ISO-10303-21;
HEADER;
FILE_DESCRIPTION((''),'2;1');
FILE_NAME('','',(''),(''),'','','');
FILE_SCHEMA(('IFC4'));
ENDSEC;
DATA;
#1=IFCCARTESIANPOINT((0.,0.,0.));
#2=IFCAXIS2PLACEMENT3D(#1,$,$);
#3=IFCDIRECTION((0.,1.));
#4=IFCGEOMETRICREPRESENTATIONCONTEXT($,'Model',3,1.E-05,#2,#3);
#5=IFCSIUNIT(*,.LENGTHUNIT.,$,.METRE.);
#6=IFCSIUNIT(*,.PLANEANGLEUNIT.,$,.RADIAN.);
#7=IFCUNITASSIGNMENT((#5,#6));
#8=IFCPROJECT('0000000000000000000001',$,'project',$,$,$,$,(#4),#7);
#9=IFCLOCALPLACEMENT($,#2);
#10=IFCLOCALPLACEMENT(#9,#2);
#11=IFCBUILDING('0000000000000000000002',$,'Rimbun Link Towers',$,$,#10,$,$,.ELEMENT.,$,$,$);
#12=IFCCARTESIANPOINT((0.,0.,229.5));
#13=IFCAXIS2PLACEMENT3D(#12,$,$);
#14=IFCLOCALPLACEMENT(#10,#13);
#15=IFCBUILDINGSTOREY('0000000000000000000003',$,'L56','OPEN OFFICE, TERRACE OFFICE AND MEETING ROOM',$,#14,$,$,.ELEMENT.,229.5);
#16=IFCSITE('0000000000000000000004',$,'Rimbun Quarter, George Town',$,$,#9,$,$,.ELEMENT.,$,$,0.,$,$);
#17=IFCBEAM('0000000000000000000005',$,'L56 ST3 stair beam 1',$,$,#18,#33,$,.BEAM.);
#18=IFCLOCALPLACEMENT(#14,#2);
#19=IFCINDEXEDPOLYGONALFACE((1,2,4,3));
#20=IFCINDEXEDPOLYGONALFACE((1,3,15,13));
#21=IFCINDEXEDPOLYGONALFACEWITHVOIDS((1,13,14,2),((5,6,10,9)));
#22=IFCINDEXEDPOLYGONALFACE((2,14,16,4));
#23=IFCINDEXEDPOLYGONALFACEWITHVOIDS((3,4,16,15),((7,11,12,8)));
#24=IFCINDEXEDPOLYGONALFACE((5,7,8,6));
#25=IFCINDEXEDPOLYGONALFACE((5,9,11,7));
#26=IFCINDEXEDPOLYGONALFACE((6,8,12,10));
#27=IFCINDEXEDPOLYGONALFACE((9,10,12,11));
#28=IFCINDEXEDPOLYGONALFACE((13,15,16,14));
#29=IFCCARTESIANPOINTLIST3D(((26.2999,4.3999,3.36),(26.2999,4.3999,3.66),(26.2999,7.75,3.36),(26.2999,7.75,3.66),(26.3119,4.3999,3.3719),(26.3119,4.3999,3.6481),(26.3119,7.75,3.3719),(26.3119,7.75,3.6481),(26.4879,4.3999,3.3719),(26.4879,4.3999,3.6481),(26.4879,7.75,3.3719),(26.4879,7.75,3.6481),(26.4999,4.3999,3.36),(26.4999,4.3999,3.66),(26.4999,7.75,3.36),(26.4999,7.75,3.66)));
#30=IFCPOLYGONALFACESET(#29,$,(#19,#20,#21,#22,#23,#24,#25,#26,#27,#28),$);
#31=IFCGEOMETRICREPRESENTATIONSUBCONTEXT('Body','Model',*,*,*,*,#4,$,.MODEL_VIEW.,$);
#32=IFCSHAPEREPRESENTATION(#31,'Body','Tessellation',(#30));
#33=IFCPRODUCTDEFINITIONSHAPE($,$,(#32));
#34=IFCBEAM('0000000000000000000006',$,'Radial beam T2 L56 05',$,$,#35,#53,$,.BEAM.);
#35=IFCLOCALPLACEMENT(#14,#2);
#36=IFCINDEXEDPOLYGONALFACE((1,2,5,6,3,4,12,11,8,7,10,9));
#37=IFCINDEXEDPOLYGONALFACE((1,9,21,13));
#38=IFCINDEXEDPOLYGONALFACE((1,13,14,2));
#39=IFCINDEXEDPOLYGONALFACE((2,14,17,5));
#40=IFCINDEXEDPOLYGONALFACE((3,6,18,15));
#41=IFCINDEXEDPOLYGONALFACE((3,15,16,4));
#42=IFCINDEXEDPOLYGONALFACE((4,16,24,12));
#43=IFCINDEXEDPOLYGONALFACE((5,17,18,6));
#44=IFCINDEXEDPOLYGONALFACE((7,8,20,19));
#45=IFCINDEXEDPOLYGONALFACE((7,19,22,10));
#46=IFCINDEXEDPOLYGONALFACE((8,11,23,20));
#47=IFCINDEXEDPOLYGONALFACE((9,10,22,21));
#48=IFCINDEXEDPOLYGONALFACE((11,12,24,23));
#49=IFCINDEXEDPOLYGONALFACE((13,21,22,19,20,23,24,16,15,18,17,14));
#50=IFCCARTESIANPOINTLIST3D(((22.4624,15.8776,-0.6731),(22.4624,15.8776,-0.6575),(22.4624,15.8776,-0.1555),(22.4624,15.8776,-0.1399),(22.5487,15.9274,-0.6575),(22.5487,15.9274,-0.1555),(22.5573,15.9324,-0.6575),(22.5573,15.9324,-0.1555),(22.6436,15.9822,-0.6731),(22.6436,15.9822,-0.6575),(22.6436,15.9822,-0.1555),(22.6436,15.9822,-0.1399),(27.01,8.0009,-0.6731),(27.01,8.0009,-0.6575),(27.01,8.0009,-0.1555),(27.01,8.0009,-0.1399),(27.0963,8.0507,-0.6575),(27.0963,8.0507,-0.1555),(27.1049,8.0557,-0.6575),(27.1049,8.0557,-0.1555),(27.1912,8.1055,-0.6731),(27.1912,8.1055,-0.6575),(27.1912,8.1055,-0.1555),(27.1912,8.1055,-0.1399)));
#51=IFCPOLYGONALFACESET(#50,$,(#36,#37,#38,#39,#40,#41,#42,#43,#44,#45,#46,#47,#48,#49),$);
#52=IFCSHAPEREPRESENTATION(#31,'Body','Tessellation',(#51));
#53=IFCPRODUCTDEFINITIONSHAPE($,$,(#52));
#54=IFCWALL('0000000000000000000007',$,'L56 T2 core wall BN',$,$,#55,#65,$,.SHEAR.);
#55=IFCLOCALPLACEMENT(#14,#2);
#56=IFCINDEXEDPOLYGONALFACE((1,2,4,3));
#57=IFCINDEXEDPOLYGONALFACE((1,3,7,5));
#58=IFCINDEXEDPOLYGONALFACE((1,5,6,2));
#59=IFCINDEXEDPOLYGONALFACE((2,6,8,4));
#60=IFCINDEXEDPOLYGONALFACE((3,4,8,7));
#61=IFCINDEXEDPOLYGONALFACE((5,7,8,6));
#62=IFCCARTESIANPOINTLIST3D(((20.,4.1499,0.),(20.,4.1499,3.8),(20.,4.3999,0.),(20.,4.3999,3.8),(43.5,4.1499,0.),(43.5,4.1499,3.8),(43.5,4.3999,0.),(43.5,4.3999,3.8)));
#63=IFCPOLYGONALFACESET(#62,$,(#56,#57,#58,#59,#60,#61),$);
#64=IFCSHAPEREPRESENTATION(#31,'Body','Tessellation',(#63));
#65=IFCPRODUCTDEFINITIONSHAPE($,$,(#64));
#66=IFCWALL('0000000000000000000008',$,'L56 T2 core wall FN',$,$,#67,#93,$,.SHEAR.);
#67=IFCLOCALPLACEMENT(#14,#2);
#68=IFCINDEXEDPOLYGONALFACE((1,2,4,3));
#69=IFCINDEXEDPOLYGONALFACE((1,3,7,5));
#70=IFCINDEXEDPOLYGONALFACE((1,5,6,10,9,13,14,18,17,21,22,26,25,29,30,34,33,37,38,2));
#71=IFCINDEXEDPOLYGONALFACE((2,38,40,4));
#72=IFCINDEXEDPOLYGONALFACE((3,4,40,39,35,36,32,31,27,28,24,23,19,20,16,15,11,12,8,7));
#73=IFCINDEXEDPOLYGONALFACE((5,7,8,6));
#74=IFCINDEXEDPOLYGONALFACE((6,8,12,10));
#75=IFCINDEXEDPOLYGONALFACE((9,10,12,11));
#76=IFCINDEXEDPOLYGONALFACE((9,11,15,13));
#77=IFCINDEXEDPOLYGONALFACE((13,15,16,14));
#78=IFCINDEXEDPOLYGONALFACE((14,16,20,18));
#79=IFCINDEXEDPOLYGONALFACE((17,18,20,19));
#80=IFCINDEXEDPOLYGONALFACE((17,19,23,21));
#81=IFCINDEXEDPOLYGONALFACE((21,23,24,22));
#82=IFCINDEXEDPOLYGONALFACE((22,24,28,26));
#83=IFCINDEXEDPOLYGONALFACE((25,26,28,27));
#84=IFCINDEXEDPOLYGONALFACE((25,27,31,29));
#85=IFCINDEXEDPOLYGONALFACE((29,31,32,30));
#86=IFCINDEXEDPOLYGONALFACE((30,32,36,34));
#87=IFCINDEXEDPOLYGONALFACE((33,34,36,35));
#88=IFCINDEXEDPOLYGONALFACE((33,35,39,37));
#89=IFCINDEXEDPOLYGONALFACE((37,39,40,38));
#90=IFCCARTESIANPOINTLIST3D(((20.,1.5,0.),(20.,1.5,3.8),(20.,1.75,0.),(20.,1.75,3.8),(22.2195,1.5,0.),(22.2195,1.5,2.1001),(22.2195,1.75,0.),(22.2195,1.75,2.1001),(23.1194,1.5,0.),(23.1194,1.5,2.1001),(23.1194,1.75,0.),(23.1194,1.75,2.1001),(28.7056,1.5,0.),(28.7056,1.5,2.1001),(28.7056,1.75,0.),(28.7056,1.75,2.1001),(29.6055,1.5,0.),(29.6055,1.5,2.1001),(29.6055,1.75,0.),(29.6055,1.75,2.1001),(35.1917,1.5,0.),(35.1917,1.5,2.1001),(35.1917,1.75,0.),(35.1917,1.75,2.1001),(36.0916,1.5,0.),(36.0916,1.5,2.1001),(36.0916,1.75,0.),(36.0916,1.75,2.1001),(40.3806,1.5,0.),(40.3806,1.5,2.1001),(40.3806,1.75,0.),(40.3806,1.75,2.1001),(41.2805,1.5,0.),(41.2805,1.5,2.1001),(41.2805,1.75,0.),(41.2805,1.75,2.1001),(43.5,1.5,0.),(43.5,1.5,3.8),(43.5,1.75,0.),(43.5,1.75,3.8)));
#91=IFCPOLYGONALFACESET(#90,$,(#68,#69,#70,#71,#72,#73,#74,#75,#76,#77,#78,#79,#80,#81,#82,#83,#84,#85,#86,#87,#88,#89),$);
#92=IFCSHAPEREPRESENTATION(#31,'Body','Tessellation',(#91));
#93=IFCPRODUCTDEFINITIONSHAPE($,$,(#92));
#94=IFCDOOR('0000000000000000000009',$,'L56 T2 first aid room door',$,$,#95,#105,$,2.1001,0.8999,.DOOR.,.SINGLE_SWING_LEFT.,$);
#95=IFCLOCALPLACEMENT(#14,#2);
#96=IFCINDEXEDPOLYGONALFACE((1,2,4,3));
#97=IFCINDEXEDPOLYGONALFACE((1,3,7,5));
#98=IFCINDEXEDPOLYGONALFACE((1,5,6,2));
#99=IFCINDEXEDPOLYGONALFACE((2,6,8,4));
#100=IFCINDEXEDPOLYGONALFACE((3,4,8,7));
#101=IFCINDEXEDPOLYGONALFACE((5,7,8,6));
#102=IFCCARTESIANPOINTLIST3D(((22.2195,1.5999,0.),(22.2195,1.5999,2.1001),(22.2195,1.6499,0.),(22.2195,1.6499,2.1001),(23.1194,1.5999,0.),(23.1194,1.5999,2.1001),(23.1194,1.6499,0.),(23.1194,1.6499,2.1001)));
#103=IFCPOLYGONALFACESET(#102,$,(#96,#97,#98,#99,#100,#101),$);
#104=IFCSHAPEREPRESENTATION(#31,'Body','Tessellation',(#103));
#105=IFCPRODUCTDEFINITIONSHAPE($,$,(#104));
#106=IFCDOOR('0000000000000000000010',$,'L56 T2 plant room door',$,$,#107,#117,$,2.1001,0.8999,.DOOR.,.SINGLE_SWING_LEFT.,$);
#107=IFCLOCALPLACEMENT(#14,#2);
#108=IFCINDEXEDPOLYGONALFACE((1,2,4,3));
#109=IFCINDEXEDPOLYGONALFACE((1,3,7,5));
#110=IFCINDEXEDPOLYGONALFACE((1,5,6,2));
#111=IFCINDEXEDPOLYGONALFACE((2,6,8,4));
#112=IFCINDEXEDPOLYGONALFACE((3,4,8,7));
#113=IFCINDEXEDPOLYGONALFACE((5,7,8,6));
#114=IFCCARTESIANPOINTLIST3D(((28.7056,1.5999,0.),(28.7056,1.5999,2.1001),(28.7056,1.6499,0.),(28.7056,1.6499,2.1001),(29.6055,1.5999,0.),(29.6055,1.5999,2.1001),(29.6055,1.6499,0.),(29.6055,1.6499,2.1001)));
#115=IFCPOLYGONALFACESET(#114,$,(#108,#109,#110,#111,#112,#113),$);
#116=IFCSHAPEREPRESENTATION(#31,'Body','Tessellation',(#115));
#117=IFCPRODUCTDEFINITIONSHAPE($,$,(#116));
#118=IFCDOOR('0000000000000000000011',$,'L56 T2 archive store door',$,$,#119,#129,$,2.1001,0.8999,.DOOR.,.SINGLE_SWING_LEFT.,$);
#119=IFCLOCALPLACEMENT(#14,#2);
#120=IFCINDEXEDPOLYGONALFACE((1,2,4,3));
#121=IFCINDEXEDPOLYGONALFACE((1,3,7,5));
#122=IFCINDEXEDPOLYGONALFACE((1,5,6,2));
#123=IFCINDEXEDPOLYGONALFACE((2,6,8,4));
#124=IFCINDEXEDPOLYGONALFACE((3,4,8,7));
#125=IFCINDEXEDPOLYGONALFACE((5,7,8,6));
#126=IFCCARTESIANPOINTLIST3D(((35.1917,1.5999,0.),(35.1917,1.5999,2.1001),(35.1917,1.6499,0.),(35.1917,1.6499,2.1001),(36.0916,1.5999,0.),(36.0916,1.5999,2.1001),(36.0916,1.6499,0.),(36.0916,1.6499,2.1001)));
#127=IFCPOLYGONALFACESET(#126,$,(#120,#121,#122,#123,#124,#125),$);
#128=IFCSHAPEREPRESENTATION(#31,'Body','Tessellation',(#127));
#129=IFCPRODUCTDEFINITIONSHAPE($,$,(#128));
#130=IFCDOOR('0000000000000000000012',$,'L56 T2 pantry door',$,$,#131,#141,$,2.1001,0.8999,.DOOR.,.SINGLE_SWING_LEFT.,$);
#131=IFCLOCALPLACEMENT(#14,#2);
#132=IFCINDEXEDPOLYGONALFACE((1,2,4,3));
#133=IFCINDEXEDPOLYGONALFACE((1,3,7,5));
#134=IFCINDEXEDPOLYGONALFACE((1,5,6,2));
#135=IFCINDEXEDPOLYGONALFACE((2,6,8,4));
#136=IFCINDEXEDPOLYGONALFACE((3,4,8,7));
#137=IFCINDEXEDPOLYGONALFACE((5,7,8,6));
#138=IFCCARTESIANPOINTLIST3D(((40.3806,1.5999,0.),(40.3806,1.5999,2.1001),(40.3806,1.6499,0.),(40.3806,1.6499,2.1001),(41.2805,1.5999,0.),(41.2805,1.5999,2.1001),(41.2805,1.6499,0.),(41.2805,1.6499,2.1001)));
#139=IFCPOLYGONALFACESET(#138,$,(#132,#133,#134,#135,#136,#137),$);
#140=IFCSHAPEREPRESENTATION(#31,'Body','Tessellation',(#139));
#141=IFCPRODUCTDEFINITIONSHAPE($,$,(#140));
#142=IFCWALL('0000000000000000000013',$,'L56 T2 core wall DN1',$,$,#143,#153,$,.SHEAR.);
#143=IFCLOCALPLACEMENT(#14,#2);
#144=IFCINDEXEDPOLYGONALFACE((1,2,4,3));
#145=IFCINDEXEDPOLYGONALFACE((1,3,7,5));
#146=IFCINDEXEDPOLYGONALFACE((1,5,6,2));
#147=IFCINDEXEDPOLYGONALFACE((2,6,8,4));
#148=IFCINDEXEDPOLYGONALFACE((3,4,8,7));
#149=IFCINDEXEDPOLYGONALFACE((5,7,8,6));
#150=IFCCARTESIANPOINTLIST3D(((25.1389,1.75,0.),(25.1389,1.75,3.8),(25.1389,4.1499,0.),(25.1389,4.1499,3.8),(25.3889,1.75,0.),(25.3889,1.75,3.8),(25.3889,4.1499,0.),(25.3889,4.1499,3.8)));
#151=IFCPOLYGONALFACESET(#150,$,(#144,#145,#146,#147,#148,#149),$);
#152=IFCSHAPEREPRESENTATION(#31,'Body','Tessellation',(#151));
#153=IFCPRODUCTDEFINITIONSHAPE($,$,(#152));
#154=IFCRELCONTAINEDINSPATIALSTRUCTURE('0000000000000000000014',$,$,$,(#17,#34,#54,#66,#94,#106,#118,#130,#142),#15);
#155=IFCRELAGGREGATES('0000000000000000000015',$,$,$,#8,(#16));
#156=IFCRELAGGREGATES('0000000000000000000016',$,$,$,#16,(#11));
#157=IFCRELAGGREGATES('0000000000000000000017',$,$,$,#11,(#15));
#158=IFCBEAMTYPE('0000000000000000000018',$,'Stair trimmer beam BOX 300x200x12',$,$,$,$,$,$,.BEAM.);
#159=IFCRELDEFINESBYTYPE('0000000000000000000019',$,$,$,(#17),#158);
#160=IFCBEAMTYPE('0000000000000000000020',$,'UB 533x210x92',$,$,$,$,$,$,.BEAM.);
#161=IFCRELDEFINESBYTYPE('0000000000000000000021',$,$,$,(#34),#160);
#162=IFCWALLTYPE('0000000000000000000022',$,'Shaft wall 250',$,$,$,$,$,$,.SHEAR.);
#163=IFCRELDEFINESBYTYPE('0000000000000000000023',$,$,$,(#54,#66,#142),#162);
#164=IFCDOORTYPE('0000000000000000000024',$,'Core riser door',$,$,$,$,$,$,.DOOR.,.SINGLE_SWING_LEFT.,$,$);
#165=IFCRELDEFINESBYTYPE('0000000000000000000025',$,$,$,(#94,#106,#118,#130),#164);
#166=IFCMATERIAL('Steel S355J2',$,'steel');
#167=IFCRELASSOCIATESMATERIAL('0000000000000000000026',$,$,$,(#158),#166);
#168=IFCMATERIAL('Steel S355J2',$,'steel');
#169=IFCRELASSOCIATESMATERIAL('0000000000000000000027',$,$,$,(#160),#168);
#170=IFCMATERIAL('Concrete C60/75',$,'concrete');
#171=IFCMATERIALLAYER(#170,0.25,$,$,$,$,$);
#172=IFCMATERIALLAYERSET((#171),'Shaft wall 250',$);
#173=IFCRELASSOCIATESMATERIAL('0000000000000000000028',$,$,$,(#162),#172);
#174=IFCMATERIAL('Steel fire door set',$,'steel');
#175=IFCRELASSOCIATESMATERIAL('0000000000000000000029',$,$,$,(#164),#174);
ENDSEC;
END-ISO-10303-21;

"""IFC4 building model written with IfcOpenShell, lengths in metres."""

from ifc_helpers import new_model, si_unit, direction, frame, frame_2d, origin, origin_2d, place, context, subcontext, project, spatial, rectangle, hollow_rectangle, i_section, extrude, material, layer, layer_set, material_profile, profile_set, type_object, element, fill, save


model = new_model("IFC4")

# Units and contexts
model_context = context("Model", 3, precision=1e-05, world=origin(), true_north=direction((0.0, 1.0)))
body_context = subcontext(model_context, "Body", "Model", "MODEL_VIEW")
ifc_project = project(units=[si_unit("LENGTHUNIT", "METRE"), si_unit("PLANEANGLEUNIT", "RADIAN")], contexts=[model_context])

# Site, building, storey
site_placement = place(None, origin())
site = spatial("IfcSite", under=ifc_project, at=site_placement, Name="Rimbun Quarter, George Town", CompositionType="ELEMENT", RefElevation=0.0)
building_placement = place(site_placement, origin())
building = spatial("IfcBuilding", under=site, at=building_placement, Name="Rimbun Link Towers", CompositionType="ELEMENT")
storey_placement = place(building_placement, frame((0.0, 0.0, 229.5)))
storey = spatial("IfcBuildingStorey", under=building, at=storey_placement, Name="L56", Description="OPEN OFFICE, TERRACE OFFICE AND MEETING ROOM", CompositionType="ELEMENT", Elevation=229.5)

# Beams
ifc_material_1 = material(Name="Steel S355J2", Category="steel")
ifc_material_profile_1 = material_profile(ifc_material_1, hollow_rectangle(XDim=0.2, YDim=0.3, WallThickness=0.012, at=origin_2d()), Name="BOX 300x200x12")
ifc_profile_set_1 = profile_set([ifc_material_profile_1], Name="Steel S355J2")
beam_type_1 = type_object("IfcBeamType", Name="Stair trimmer beam BOX 300x200x12", PredefinedType="BEAM", material=ifc_profile_set_1)
beam_1_placement = place(storey_placement, frame((26.3999, 7.75, 3.51), z_axis=(0.0, -1.0, 0.0), x_axis=(1.0, 0.0, 0.0)))
element("IfcBeam", 1, at=beam_1_placement, inside=storey, type_object=beam_type_1, Name="L56 ST3 stair beam 1", PredefinedType="BEAM", context=body_context, shape_type="SweptSolid", body=[
    extrude(hollow_rectangle(XDim=0.2, YDim=0.3, WallThickness=0.012, at=origin_2d()), origin(), (0.0, 0.0, 1.0), 3.3501),
])
ifc_material_2 = material(Name="Steel S355J2", Category="steel")
ifc_material_profile_2 = material_profile(ifc_material_2, i_section(OverallWidth=0.2092, OverallDepth=0.5332, WebThickness=0.01, FlangeThickness=0.0156, at=origin_2d()), Name="UB 533x210x92")
ifc_profile_set_2 = profile_set([ifc_material_profile_2], Name="Steel S355J2")
beam_type_2 = type_object("IfcBeamType", Name="UB 533x210x92", PredefinedType="BEAM", material=ifc_profile_set_2)
beam_2_placement = place(storey_placement, frame((27.1006, 8.0532, -0.4065), z_axis=(-0.499999, 0.866026, 0.0), x_axis=(-0.866026, -0.499999, 0.0)))
element("IfcBeam", 2, at=beam_2_placement, inside=storey, type_object=beam_type_2, Name="Radial beam T2 L56 05", PredefinedType="BEAM", context=body_context, shape_type="SweptSolid", body=[
    extrude(i_section(OverallWidth=0.2092, OverallDepth=0.5332, WebThickness=0.01, FlangeThickness=0.0156, at=origin_2d()), origin(), (0.0, 0.0, 1.0), 9.0952),
])

# Wall
ifc_material_3 = material(Name="Concrete C60/75", Category="concrete")
ifc_layer = layer(ifc_material_3, 0.25)
ifc_layer_set = layer_set([ifc_layer], Name="Shaft wall 250")
wall_type = type_object("IfcWallType", Name="Shaft wall 250", PredefinedType="SHEAR", material=ifc_layer_set)
wall_1_placement = place(storey_placement, frame((20.0, 4.2749, 0.0), z_axis=(0.0, 0.0, 1.0), x_axis=(1.0, 0.0, 0.0)))
element("IfcWall", 3, at=wall_1_placement, inside=storey, type_object=wall_type, Name="L56 T2 core wall BN", PredefinedType="SHEAR", context=body_context, shape_type="SweptSolid", body=[
    extrude(rectangle(XDim=23.5, YDim=0.25, at=frame_2d((11.75, 0.0))), origin(), (0.0, 0.0, 1.0), 3.8),
])

# Wall, openings, doors
wall_2_placement = place(storey_placement, frame((20.0, 1.625, 0.0), z_axis=(0.0, 0.0, 1.0), x_axis=(1.0, 0.0, 0.0)))
wall_2 = element("IfcWall", 4, at=wall_2_placement, inside=storey, type_object=wall_type, Name="L56 T2 core wall FN", PredefinedType="SHEAR", context=body_context, shape_type="SweptSolid", body=[
    extrude(rectangle(XDim=23.5, YDim=0.25, at=frame_2d((11.75, 0.0))), origin(), (0.0, 0.0, 1.0), 3.8),
])
opening_1_placement = place(wall_2_placement, frame((2.2195, 0.0, 0.0)))
opening_1 = element("IfcOpeningElement", 5, at=opening_1_placement, cuts=wall_2, PredefinedType="OPENING", context=body_context, shape_type="SweptSolid", body=[
    extrude(rectangle(XDim=0.8999, YDim=2.1001, at=frame_2d((0.45, 1.05))), frame((0.0, 0.135, 0.0), z_axis=(0.0, -1.0, 0.0), x_axis=(1.0, 0.0, 0.0)), (0.0, 0.0, 1.0), 0.27),
])
opening_2_placement = place(wall_2_placement, frame((8.7056, 0.0, 0.0)))
opening_2 = element("IfcOpeningElement", 6, at=opening_2_placement, cuts=wall_2, PredefinedType="OPENING", context=body_context, shape_type="SweptSolid", body=[
    extrude(rectangle(XDim=0.8999, YDim=2.1001, at=frame_2d((0.45, 1.05))), frame((0.0, 0.135, 0.0), z_axis=(0.0, -1.0, 0.0), x_axis=(1.0, 0.0, 0.0)), (0.0, 0.0, 1.0), 0.27),
])
opening_3_placement = place(wall_2_placement, frame((15.1917, 0.0, 0.0)))
opening_3 = element("IfcOpeningElement", 7, at=opening_3_placement, cuts=wall_2, PredefinedType="OPENING", context=body_context, shape_type="SweptSolid", body=[
    extrude(rectangle(XDim=0.8999, YDim=2.1001, at=frame_2d((0.45, 1.05))), frame((0.0, 0.135, 0.0), z_axis=(0.0, -1.0, 0.0), x_axis=(1.0, 0.0, 0.0)), (0.0, 0.0, 1.0), 0.27),
])
opening_4_placement = place(wall_2_placement, frame((20.3806, 0.0, 0.0)))
opening_4 = element("IfcOpeningElement", 8, at=opening_4_placement, cuts=wall_2, PredefinedType="OPENING", context=body_context, shape_type="SweptSolid", body=[
    extrude(rectangle(XDim=0.8999, YDim=2.1001, at=frame_2d((0.45, 1.05))), frame((0.0, 0.135, 0.0), z_axis=(0.0, -1.0, 0.0), x_axis=(1.0, 0.0, 0.0)), (0.0, 0.0, 1.0), 0.27),
])
ifc_material_4 = material(Name="Steel fire door set", Category="steel")
door_type_1 = type_object("IfcDoorType", Name="Core riser door", OperationType="SINGLE_SWING_LEFT", PredefinedType="DOOR", material=ifc_material_4)
door_1_placement = place(opening_1_placement, origin())
door_1 = element("IfcDoor", 9, at=door_1_placement, inside=storey, type_object=door_type_1, Name="L56 T2 first aid room door", OperationType="SINGLE_SWING_LEFT", OverallHeight=2.1001, OverallWidth=0.8999, PredefinedType="DOOR", context=body_context, shape_type="SweptSolid", body=[
    extrude(rectangle(XDim=0.8999, YDim=2.1001, at=frame_2d((0.45, 1.05))), frame((0.0, 0.0249, 0.0), z_axis=(0.0, -1.0, 0.0), x_axis=(1.0, 0.0, 0.0)), (0.0, 0.0, 1.0), 0.05),
])
fill(opening_1, door_1)
door_2_placement = place(opening_2_placement, origin())
door_2 = element("IfcDoor", 10, at=door_2_placement, inside=storey, type_object=door_type_1, Name="L56 T2 plant room door", OperationType="SINGLE_SWING_LEFT", OverallHeight=2.1001, OverallWidth=0.8999, PredefinedType="DOOR", context=body_context, shape_type="SweptSolid", body=[
    extrude(rectangle(XDim=0.8999, YDim=2.1001, at=frame_2d((0.45, 1.05))), frame((0.0, 0.0249, 0.0), z_axis=(0.0, -1.0, 0.0), x_axis=(1.0, 0.0, 0.0)), (0.0, 0.0, 1.0), 0.05),
])
fill(opening_2, door_2)
door_3_placement = place(opening_3_placement, origin())
door_3 = element("IfcDoor", 11, at=door_3_placement, inside=storey, type_object=door_type_1, Name="L56 T2 archive store door", OperationType="SINGLE_SWING_LEFT", OverallHeight=2.1001, OverallWidth=0.8999, PredefinedType="DOOR", context=body_context, shape_type="SweptSolid", body=[
    extrude(rectangle(XDim=0.8999, YDim=2.1001, at=frame_2d((0.45, 1.05))), frame((0.0, 0.0249, 0.0), z_axis=(0.0, -1.0, 0.0), x_axis=(1.0, 0.0, 0.0)), (0.0, 0.0, 1.0), 0.05),
])
fill(opening_3, door_3)
door_4_placement = place(opening_4_placement, origin())
door_4 = element("IfcDoor", 12, at=door_4_placement, inside=storey, type_object=door_type_1, Name="L56 T2 pantry door", OperationType="SINGLE_SWING_LEFT", OverallHeight=2.1001, OverallWidth=0.8999, PredefinedType="DOOR", context=body_context, shape_type="SweptSolid", body=[
    extrude(rectangle(XDim=0.8999, YDim=2.1001, at=frame_2d((0.45, 1.05))), frame((0.0, 0.0249, 0.0), z_axis=(0.0, -1.0, 0.0), x_axis=(1.0, 0.0, 0.0)), (0.0, 0.0, 1.0), 0.05),
])
fill(opening_4, door_4)

# Wall
wall_3_placement = place(storey_placement, frame((25.2639, 1.75, 0.0), z_axis=(0.0, 0.0, 1.0), x_axis=(0.0, 1.0, 0.0)))
element("IfcWall", 13, at=wall_3_placement, inside=storey, type_object=wall_type, Name="L56 T2 core wall DN1", PredefinedType="SHEAR", context=body_context, shape_type="SweptSolid", body=[
    extrude(rectangle(XDim=2.3999, YDim=0.25, at=frame_2d((1.2, 0.0))), origin(), (0.0, 0.0, 1.0), 3.8),
])

save(model, "model.ifc")
